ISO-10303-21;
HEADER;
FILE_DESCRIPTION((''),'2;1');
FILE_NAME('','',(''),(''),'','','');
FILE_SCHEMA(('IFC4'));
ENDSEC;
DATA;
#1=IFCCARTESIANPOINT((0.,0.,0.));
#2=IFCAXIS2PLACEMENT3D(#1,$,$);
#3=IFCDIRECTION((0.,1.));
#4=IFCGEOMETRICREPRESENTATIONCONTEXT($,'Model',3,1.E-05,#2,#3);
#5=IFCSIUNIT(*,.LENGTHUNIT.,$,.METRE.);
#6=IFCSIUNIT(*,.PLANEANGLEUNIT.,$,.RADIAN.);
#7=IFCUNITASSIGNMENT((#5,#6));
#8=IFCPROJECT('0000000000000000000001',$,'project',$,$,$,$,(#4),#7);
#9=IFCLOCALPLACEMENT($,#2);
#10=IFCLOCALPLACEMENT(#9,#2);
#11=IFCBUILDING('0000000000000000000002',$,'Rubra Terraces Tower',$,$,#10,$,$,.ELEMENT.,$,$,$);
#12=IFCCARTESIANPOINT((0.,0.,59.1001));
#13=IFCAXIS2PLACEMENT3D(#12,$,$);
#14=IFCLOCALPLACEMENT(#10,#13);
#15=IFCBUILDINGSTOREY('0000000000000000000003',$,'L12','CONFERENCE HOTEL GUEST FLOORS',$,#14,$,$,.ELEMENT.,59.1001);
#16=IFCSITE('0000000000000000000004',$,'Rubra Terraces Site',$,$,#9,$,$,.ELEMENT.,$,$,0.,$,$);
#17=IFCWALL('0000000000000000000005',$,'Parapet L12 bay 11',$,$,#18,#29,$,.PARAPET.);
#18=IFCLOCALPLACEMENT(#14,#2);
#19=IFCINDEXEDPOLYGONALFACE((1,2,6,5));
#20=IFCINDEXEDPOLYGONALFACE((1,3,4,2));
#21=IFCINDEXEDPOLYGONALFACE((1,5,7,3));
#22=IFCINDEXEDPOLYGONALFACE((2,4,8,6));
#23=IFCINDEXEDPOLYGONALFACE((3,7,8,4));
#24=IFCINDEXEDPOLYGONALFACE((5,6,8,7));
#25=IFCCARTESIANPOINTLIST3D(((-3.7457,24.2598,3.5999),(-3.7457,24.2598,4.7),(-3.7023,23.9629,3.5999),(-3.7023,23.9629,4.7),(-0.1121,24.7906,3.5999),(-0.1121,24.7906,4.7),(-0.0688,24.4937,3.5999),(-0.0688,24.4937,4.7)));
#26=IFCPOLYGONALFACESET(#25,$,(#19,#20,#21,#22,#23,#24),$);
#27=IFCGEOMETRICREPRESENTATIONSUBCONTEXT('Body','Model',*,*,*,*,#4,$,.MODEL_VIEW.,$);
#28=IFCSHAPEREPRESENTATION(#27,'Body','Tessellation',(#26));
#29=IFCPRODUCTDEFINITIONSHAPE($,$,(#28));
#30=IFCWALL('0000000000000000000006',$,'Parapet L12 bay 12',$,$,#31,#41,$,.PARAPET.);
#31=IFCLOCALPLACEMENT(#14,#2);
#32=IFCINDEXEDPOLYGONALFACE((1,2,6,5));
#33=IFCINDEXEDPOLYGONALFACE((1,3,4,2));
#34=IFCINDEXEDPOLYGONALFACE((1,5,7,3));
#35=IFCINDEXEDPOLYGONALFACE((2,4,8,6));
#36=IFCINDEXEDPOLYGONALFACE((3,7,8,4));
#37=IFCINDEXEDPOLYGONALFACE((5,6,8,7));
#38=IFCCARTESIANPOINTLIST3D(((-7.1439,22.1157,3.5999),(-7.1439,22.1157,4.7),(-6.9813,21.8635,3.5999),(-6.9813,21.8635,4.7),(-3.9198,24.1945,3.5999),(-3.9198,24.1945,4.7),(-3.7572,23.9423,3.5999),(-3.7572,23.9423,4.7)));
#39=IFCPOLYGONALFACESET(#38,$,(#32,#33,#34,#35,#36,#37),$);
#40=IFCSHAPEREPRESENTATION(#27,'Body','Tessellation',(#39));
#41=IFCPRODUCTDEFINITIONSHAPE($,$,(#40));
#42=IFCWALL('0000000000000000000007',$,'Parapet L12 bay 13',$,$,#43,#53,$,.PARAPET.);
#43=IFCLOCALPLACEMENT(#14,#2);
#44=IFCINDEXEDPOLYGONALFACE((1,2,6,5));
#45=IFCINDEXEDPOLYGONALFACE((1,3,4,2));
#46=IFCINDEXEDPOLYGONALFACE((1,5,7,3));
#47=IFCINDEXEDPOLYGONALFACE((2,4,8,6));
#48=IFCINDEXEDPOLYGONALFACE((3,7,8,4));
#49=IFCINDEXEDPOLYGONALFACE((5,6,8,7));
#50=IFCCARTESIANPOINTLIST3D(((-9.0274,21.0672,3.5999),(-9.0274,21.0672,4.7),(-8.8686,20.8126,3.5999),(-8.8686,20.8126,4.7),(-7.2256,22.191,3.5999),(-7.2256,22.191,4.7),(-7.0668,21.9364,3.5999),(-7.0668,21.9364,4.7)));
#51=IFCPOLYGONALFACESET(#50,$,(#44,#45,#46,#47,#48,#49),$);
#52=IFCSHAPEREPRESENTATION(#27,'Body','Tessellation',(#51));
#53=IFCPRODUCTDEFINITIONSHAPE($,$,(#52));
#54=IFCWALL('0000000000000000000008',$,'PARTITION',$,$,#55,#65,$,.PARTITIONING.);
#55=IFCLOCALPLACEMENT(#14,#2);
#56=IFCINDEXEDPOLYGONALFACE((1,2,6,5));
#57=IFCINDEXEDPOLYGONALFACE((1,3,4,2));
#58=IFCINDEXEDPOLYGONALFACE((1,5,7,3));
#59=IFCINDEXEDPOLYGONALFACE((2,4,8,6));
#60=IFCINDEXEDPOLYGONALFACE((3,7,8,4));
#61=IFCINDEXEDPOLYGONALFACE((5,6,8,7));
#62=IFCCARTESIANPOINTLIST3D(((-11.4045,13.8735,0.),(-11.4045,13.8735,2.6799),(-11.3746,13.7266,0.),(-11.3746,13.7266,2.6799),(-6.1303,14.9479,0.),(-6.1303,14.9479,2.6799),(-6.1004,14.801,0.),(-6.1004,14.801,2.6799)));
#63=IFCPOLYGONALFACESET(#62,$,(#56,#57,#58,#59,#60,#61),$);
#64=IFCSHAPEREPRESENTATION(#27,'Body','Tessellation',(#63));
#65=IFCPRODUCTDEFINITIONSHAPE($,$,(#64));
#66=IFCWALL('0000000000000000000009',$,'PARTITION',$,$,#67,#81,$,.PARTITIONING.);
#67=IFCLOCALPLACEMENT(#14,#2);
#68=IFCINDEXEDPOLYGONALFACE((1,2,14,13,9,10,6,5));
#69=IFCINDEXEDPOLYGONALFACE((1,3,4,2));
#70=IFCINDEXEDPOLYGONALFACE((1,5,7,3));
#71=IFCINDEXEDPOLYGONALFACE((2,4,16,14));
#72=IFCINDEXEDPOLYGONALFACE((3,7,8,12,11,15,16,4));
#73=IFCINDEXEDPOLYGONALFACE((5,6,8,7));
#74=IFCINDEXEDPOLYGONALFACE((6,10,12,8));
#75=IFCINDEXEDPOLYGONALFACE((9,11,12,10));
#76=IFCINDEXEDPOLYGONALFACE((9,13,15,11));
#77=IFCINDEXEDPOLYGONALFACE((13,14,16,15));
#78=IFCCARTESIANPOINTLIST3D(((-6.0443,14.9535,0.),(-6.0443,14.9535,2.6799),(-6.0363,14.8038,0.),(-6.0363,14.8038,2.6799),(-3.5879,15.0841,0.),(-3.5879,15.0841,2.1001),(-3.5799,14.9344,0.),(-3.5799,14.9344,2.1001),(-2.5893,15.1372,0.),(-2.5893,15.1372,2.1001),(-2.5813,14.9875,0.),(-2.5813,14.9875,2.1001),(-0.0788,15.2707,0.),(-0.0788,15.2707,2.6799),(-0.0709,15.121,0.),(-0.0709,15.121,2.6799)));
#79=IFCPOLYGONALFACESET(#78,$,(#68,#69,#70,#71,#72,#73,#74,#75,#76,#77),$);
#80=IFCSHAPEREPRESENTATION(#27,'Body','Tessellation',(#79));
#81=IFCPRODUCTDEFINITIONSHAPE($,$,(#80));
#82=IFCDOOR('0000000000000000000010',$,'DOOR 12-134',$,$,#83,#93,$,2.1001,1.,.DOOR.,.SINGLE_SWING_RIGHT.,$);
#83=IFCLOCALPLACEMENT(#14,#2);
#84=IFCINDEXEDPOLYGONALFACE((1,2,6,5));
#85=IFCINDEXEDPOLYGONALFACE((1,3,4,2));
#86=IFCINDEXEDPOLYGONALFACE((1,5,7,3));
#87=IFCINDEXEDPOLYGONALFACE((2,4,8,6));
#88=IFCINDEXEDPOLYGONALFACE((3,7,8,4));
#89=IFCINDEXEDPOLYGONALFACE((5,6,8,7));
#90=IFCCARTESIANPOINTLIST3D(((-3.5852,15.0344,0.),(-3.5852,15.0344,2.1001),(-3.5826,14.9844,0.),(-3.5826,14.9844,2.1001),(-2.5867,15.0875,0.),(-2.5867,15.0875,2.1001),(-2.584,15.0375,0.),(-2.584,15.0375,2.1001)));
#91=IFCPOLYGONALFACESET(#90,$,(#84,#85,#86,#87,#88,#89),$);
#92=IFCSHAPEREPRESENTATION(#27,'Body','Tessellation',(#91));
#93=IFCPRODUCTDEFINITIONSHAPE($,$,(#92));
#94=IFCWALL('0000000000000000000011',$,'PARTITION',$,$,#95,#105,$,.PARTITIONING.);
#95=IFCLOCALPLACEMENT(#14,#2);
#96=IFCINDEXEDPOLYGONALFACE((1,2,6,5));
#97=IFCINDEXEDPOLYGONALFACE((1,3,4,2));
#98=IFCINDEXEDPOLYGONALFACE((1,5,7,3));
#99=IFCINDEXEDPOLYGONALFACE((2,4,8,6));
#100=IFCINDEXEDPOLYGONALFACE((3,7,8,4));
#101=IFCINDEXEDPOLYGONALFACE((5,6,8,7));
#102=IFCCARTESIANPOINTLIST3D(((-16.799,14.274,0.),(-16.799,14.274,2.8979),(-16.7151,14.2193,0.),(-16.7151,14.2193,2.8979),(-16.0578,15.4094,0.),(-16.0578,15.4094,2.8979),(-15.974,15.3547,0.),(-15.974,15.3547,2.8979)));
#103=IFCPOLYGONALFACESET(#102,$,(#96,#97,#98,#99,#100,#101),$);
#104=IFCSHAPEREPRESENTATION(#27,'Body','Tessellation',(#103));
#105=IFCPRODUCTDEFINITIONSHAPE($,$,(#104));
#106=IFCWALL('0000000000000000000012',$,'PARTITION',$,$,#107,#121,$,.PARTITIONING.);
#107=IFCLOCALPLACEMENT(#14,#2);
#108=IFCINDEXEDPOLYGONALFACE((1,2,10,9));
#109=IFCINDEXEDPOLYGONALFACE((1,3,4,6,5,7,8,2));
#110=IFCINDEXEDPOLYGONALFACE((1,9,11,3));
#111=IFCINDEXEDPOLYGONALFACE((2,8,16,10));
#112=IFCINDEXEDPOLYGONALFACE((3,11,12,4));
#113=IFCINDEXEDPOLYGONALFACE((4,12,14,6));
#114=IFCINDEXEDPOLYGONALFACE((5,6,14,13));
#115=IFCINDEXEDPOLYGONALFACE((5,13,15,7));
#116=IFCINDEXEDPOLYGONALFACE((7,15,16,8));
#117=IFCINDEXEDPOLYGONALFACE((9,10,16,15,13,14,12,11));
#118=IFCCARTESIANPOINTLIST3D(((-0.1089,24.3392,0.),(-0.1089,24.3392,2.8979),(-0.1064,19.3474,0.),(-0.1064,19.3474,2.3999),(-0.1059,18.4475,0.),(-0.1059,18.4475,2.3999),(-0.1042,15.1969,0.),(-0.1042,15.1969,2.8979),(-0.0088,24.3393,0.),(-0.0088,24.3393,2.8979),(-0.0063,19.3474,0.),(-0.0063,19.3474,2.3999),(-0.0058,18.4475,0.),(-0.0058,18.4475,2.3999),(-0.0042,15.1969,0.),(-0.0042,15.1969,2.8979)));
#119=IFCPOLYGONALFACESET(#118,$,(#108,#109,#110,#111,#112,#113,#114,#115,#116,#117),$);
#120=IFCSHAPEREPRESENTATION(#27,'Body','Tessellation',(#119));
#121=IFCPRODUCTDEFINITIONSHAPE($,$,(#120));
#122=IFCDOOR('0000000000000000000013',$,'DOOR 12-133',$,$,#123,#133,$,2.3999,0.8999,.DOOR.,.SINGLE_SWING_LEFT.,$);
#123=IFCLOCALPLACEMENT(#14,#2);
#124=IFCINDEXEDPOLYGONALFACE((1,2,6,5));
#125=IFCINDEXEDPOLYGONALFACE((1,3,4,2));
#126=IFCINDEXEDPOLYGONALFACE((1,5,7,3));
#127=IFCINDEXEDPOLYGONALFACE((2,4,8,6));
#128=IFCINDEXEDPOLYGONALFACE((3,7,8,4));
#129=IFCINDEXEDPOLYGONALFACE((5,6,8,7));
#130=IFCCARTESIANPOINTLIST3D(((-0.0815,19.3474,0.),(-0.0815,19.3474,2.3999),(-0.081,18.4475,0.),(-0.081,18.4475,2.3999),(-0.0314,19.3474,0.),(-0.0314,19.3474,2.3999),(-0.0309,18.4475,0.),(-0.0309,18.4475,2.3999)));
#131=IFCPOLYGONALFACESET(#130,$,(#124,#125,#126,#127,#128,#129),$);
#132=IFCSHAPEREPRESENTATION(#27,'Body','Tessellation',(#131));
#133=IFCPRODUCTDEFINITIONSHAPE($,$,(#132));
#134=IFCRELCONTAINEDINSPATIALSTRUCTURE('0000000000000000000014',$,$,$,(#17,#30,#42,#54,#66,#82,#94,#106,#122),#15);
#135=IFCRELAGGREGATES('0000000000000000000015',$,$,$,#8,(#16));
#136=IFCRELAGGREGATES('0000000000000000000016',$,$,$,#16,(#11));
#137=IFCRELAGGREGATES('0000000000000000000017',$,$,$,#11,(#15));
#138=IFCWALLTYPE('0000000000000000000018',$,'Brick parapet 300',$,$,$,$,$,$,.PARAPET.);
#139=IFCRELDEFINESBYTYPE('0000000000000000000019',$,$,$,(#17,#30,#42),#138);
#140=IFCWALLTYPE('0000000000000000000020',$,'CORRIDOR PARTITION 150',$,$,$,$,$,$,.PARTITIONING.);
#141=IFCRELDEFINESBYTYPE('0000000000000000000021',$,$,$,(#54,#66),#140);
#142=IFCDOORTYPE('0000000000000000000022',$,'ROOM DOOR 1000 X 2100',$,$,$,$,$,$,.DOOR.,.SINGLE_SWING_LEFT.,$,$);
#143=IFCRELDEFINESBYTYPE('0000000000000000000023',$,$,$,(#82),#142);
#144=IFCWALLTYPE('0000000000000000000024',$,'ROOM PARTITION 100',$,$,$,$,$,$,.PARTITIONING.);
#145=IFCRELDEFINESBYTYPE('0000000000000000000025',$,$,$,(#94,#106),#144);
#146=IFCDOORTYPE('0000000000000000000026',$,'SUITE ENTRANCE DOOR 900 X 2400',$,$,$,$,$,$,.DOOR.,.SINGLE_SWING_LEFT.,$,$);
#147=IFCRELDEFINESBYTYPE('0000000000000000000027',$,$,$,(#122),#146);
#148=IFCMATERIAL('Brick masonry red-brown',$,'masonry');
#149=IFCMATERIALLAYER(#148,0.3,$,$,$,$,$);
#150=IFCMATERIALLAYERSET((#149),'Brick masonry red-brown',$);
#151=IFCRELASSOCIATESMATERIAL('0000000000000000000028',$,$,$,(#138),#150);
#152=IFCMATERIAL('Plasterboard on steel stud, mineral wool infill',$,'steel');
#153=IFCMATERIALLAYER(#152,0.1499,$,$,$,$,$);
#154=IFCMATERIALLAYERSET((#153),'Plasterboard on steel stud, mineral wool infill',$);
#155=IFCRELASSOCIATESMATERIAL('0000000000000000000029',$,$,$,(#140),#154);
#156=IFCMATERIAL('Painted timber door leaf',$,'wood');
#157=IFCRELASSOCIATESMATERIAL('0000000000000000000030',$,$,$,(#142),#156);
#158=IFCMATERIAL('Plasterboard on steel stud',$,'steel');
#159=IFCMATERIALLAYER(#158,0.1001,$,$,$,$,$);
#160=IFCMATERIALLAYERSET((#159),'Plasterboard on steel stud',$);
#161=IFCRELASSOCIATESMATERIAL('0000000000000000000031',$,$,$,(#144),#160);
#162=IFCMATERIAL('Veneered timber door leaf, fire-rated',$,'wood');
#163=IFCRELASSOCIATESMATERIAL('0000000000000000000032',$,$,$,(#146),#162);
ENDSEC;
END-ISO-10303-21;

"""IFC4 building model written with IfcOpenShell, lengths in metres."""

from ifc_helpers import new_model, si_unit, direction, frame, frame_2d, origin, place, context, subcontext, project, spatial, rectangle, extrude, material, layer, layer_set, type_object, element, fill, save


model = new_model("IFC4")

# Units and contexts
model_context = context("Model", 3, precision=1e-05, world=origin(), true_north=direction((0.0, 1.0)))
body_context = subcontext(model_context, "Body", "Model", "MODEL_VIEW")
ifc_project = project(units=[si_unit("LENGTHUNIT", "METRE"), si_unit("PLANEANGLEUNIT", "RADIAN")], contexts=[model_context])

# Site, building, storey
site_placement = place(None, origin())
site = spatial("IfcSite", under=ifc_project, at=site_placement, Name="Rubra Terraces Site", CompositionType="ELEMENT", RefElevation=0.0)
building_placement = place(site_placement, origin())
building = spatial("IfcBuilding", under=site, at=building_placement, Name="Rubra Terraces Tower", CompositionType="ELEMENT")
storey_placement = place(building_placement, frame((0.0, 0.0, 59.1001)))
storey = spatial("IfcBuildingStorey", under=building, at=storey_placement, Name="L12", Description="CONFERENCE HOTEL GUEST FLOORS", CompositionType="ELEMENT", Elevation=59.1001)

# Shared definitions
ifc_material_1 = material(Name="Brick masonry red-brown", Category="masonry")

# Walls
ifc_layer_1 = layer(ifc_material_1, 0.3)
ifc_layer_set_1 = layer_set([ifc_layer_1], Name="Brick masonry red-brown")
wall_type_1 = type_object("IfcWallType", Name="Brick parapet 300", PredefinedType="PARAPET", material=ifc_layer_set_1)
wall_1_placement = place(storey_placement, frame((-0.0906, 24.6421, 3.5999), z_axis=(0.0, 0.0, 1.0), x_axis=(-0.989499, -0.144539, 0.0)))
element("IfcWall", 1, at=wall_1_placement, inside=storey, type_object=wall_type_1, Name="Parapet L12 bay 11", PredefinedType="PARAPET", context=body_context, shape_type="SweptSolid", body=[
    extrude(rectangle(XDim=3.6721, YDim=0.3, at=frame_2d((1.8359, 0.0))), origin(), (0.0, 0.0, 1.0), 1.1001),
])
wall_2_placement = place(storey_placement, frame((-3.8386, 24.0684, 3.5999), z_axis=(0.0, 0.0, 1.0), x_axis=(-0.840442, -0.541902, 0.0)))
element("IfcWall", 2, at=wall_2_placement, inside=storey, type_object=wall_type_1, Name="Parapet L12 bay 12", PredefinedType="PARAPET", context=body_context, shape_type="SweptSolid", body=[
    extrude(rectangle(XDim=3.8362, YDim=0.3, at=frame_2d((1.918, 0.0))), origin(), (0.0, 0.0, 1.0), 1.1001),
])
wall_3_placement = place(storey_placement, frame((-7.1462, 22.0637, 3.5999), z_axis=(0.0, 0.0, 1.0), x_axis=(-0.848489, -0.529213, 0.0)))
element("IfcWall", 3, at=wall_3_placement, inside=storey, type_object=wall_type_1, Name="Parapet L12 bay 13", PredefinedType="PARAPET", context=body_context, shape_type="SweptSolid", body=[
    extrude(rectangle(XDim=2.1235, YDim=0.3, at=frame_2d((1.0618, 0.0))), origin(), (0.0, 0.0, 1.0), 1.1001),
])
ifc_material_2 = material(Name="Plasterboard on steel stud, mineral wool infill", Category="steel")
ifc_layer_2 = layer(ifc_material_2, 0.1499)
ifc_layer_set_2 = layer_set([ifc_layer_2], Name="Plasterboard on steel stud, mineral wool infill")
wall_type_2 = type_object("IfcWallType", Name="CORRIDOR PARTITION 150", PredefinedType="PARTITIONING", material=ifc_layer_set_2)
wall_4_placement = place(storey_placement, frame((-6.1152, 14.8745, 0.0), z_axis=(0.0, 0.0, 1.0), x_axis=(-0.979873, -0.199621, 0.0)))
element("IfcWall", 4, at=wall_4_placement, inside=storey, type_object=wall_type_2, Name="PARTITION", PredefinedType="PARTITIONING", context=body_context, shape_type="SweptSolid", body=[
    extrude(rectangle(XDim=5.3826, YDim=0.1499, at=frame_2d((2.6914, 0.0))), origin(), (0.0, 0.0, 1.0), 2.6799),
])

# Wall, opening, door
wall_5_placement = place(storey_placement, frame((-0.075, 15.1958, 0.0), z_axis=(0.0, 0.0, 1.0), x_axis=(-0.99859, -0.053089, 0.0)))
wall_5 = element("IfcWall", 5, at=wall_5_placement, inside=storey, type_object=wall_type_2, Name="PARTITION", PredefinedType="PARTITIONING", context=body_context, shape_type="SweptSolid", body=[
    extrude(rectangle(XDim=5.9739, YDim=0.1499, at=frame_2d((2.9868, 0.0))), origin(), (0.0, 0.0, 1.0), 2.6799),
])
opening_1_placement = place(wall_5_placement, frame((2.5139, 0.0, 0.0)))
opening_1 = element("IfcOpeningElement", 6, at=opening_1_placement, cuts=wall_5, PredefinedType="OPENING", context=body_context, shape_type="SweptSolid", body=[
    extrude(rectangle(XDim=1.0, YDim=2.1001, at=frame_2d((0.5, 1.05))), frame((0.0, 0.085, 0.0), z_axis=(0.0, -1.0, 0.0), x_axis=(1.0, 0.0, 0.0)), (0.0, 0.0, 1.0), 0.1699),
])
ifc_material_3 = material(Name="Painted timber door leaf", Category="wood")
door_type_1 = type_object("IfcDoorType", Name="ROOM DOOR 1000 X 2100", OperationType="SINGLE_SWING_LEFT", PredefinedType="DOOR", material=ifc_material_3)
door_1_placement = place(opening_1_placement, origin())
door_1 = element("IfcDoor", 7, at=door_1_placement, inside=storey, type_object=door_type_1, Name="DOOR 12-134", OperationType="SINGLE_SWING_RIGHT", OverallHeight=2.1001, OverallWidth=1.0, PredefinedType="DOOR", context=body_context, shape_type="SweptSolid", body=[
    extrude(rectangle(XDim=1.0, YDim=2.1001, at=frame_2d((0.5, 1.05))), frame((0.0, 0.0249, 0.0), z_axis=(0.0, -1.0, 0.0), x_axis=(1.0, 0.0, 0.0)), (0.0, 0.0, 1.0), 0.05),
])
fill(opening_1, door_1)

# Wall
ifc_material_4 = material(Name="Plasterboard on steel stud", Category="steel")
ifc_layer_3 = layer(ifc_material_4, 0.1001)
ifc_layer_set_3 = layer_set([ifc_layer_3], Name="Plasterboard on steel stud")
wall_type_3 = type_object("IfcWallType", Name="ROOM PARTITION 100", PredefinedType="PARTITIONING", material=ifc_layer_set_3)
wall_6_placement = place(storey_placement, frame((-16.0159, 15.3821, 0.0), z_axis=(0.0, 0.0, 1.0), x_axis=(-0.546614, -0.837385, 0.0)))
element("IfcWall", 8, at=wall_6_placement, inside=storey, type_object=wall_type_3, Name="PARTITION", PredefinedType="PARTITIONING", context=body_context, shape_type="SweptSolid", body=[
    extrude(rectangle(XDim=1.356, YDim=0.1001, at=frame_2d((0.678, 0.0))), origin(), (0.0, 0.0, 1.0), 2.8979),
])

# Wall, opening, door
wall_7_placement = place(storey_placement, frame((-0.0588, 24.3394, 0.0), z_axis=(0.0, 0.0, 1.0), x_axis=(0.000507, -1.0, 0.0)))
wall_7 = element("IfcWall", 9, at=wall_7_placement, inside=storey, type_object=wall_type_3, Name="PARTITION", PredefinedType="PARTITIONING", context=body_context, shape_type="SweptSolid", body=[
    extrude(rectangle(XDim=9.1423, YDim=0.1001, at=frame_2d((4.5713, 0.0))), origin(), (0.0, 0.0, 1.0), 2.8979),
])
opening_2_placement = place(wall_7_placement, frame((4.9919, 0.0, 0.0)))
opening_2 = element("IfcOpeningElement", 10, at=opening_2_placement, cuts=wall_7, PredefinedType="OPENING", context=body_context, shape_type="SweptSolid", body=[
    extrude(rectangle(XDim=0.8999, YDim=2.3999, at=frame_2d((0.45, 1.2))), frame((0.0, 0.0601, 0.0), z_axis=(0.0, -1.0, 0.0), x_axis=(1.0, 0.0, 0.0)), (0.0, 0.0, 1.0), 0.1201),
])
ifc_material_5 = material(Name="Veneered timber door leaf, fire-rated", Category="wood")
door_type_2 = type_object("IfcDoorType", Name="SUITE ENTRANCE DOOR 900 X 2400", OperationType="SINGLE_SWING_LEFT", PredefinedType="DOOR", material=ifc_material_5)
door_2_placement = place(opening_2_placement, origin())
door_2 = element("IfcDoor", 11, at=door_2_placement, inside=storey, type_object=door_type_2, Name="DOOR 12-133", OperationType="SINGLE_SWING_LEFT", OverallHeight=2.3999, OverallWidth=0.8999, PredefinedType="DOOR", context=body_context, shape_type="SweptSolid", body=[
    extrude(rectangle(XDim=0.8999, YDim=2.3999, at=frame_2d((0.45, 1.2))), frame((0.0, 0.0249, 0.0), z_axis=(0.0, -1.0, 0.0), x_axis=(1.0, 0.0, 0.0)), (0.0, 0.0, 1.0), 0.05),
])
fill(opening_2, door_2)

save(model, "model.ifc")
